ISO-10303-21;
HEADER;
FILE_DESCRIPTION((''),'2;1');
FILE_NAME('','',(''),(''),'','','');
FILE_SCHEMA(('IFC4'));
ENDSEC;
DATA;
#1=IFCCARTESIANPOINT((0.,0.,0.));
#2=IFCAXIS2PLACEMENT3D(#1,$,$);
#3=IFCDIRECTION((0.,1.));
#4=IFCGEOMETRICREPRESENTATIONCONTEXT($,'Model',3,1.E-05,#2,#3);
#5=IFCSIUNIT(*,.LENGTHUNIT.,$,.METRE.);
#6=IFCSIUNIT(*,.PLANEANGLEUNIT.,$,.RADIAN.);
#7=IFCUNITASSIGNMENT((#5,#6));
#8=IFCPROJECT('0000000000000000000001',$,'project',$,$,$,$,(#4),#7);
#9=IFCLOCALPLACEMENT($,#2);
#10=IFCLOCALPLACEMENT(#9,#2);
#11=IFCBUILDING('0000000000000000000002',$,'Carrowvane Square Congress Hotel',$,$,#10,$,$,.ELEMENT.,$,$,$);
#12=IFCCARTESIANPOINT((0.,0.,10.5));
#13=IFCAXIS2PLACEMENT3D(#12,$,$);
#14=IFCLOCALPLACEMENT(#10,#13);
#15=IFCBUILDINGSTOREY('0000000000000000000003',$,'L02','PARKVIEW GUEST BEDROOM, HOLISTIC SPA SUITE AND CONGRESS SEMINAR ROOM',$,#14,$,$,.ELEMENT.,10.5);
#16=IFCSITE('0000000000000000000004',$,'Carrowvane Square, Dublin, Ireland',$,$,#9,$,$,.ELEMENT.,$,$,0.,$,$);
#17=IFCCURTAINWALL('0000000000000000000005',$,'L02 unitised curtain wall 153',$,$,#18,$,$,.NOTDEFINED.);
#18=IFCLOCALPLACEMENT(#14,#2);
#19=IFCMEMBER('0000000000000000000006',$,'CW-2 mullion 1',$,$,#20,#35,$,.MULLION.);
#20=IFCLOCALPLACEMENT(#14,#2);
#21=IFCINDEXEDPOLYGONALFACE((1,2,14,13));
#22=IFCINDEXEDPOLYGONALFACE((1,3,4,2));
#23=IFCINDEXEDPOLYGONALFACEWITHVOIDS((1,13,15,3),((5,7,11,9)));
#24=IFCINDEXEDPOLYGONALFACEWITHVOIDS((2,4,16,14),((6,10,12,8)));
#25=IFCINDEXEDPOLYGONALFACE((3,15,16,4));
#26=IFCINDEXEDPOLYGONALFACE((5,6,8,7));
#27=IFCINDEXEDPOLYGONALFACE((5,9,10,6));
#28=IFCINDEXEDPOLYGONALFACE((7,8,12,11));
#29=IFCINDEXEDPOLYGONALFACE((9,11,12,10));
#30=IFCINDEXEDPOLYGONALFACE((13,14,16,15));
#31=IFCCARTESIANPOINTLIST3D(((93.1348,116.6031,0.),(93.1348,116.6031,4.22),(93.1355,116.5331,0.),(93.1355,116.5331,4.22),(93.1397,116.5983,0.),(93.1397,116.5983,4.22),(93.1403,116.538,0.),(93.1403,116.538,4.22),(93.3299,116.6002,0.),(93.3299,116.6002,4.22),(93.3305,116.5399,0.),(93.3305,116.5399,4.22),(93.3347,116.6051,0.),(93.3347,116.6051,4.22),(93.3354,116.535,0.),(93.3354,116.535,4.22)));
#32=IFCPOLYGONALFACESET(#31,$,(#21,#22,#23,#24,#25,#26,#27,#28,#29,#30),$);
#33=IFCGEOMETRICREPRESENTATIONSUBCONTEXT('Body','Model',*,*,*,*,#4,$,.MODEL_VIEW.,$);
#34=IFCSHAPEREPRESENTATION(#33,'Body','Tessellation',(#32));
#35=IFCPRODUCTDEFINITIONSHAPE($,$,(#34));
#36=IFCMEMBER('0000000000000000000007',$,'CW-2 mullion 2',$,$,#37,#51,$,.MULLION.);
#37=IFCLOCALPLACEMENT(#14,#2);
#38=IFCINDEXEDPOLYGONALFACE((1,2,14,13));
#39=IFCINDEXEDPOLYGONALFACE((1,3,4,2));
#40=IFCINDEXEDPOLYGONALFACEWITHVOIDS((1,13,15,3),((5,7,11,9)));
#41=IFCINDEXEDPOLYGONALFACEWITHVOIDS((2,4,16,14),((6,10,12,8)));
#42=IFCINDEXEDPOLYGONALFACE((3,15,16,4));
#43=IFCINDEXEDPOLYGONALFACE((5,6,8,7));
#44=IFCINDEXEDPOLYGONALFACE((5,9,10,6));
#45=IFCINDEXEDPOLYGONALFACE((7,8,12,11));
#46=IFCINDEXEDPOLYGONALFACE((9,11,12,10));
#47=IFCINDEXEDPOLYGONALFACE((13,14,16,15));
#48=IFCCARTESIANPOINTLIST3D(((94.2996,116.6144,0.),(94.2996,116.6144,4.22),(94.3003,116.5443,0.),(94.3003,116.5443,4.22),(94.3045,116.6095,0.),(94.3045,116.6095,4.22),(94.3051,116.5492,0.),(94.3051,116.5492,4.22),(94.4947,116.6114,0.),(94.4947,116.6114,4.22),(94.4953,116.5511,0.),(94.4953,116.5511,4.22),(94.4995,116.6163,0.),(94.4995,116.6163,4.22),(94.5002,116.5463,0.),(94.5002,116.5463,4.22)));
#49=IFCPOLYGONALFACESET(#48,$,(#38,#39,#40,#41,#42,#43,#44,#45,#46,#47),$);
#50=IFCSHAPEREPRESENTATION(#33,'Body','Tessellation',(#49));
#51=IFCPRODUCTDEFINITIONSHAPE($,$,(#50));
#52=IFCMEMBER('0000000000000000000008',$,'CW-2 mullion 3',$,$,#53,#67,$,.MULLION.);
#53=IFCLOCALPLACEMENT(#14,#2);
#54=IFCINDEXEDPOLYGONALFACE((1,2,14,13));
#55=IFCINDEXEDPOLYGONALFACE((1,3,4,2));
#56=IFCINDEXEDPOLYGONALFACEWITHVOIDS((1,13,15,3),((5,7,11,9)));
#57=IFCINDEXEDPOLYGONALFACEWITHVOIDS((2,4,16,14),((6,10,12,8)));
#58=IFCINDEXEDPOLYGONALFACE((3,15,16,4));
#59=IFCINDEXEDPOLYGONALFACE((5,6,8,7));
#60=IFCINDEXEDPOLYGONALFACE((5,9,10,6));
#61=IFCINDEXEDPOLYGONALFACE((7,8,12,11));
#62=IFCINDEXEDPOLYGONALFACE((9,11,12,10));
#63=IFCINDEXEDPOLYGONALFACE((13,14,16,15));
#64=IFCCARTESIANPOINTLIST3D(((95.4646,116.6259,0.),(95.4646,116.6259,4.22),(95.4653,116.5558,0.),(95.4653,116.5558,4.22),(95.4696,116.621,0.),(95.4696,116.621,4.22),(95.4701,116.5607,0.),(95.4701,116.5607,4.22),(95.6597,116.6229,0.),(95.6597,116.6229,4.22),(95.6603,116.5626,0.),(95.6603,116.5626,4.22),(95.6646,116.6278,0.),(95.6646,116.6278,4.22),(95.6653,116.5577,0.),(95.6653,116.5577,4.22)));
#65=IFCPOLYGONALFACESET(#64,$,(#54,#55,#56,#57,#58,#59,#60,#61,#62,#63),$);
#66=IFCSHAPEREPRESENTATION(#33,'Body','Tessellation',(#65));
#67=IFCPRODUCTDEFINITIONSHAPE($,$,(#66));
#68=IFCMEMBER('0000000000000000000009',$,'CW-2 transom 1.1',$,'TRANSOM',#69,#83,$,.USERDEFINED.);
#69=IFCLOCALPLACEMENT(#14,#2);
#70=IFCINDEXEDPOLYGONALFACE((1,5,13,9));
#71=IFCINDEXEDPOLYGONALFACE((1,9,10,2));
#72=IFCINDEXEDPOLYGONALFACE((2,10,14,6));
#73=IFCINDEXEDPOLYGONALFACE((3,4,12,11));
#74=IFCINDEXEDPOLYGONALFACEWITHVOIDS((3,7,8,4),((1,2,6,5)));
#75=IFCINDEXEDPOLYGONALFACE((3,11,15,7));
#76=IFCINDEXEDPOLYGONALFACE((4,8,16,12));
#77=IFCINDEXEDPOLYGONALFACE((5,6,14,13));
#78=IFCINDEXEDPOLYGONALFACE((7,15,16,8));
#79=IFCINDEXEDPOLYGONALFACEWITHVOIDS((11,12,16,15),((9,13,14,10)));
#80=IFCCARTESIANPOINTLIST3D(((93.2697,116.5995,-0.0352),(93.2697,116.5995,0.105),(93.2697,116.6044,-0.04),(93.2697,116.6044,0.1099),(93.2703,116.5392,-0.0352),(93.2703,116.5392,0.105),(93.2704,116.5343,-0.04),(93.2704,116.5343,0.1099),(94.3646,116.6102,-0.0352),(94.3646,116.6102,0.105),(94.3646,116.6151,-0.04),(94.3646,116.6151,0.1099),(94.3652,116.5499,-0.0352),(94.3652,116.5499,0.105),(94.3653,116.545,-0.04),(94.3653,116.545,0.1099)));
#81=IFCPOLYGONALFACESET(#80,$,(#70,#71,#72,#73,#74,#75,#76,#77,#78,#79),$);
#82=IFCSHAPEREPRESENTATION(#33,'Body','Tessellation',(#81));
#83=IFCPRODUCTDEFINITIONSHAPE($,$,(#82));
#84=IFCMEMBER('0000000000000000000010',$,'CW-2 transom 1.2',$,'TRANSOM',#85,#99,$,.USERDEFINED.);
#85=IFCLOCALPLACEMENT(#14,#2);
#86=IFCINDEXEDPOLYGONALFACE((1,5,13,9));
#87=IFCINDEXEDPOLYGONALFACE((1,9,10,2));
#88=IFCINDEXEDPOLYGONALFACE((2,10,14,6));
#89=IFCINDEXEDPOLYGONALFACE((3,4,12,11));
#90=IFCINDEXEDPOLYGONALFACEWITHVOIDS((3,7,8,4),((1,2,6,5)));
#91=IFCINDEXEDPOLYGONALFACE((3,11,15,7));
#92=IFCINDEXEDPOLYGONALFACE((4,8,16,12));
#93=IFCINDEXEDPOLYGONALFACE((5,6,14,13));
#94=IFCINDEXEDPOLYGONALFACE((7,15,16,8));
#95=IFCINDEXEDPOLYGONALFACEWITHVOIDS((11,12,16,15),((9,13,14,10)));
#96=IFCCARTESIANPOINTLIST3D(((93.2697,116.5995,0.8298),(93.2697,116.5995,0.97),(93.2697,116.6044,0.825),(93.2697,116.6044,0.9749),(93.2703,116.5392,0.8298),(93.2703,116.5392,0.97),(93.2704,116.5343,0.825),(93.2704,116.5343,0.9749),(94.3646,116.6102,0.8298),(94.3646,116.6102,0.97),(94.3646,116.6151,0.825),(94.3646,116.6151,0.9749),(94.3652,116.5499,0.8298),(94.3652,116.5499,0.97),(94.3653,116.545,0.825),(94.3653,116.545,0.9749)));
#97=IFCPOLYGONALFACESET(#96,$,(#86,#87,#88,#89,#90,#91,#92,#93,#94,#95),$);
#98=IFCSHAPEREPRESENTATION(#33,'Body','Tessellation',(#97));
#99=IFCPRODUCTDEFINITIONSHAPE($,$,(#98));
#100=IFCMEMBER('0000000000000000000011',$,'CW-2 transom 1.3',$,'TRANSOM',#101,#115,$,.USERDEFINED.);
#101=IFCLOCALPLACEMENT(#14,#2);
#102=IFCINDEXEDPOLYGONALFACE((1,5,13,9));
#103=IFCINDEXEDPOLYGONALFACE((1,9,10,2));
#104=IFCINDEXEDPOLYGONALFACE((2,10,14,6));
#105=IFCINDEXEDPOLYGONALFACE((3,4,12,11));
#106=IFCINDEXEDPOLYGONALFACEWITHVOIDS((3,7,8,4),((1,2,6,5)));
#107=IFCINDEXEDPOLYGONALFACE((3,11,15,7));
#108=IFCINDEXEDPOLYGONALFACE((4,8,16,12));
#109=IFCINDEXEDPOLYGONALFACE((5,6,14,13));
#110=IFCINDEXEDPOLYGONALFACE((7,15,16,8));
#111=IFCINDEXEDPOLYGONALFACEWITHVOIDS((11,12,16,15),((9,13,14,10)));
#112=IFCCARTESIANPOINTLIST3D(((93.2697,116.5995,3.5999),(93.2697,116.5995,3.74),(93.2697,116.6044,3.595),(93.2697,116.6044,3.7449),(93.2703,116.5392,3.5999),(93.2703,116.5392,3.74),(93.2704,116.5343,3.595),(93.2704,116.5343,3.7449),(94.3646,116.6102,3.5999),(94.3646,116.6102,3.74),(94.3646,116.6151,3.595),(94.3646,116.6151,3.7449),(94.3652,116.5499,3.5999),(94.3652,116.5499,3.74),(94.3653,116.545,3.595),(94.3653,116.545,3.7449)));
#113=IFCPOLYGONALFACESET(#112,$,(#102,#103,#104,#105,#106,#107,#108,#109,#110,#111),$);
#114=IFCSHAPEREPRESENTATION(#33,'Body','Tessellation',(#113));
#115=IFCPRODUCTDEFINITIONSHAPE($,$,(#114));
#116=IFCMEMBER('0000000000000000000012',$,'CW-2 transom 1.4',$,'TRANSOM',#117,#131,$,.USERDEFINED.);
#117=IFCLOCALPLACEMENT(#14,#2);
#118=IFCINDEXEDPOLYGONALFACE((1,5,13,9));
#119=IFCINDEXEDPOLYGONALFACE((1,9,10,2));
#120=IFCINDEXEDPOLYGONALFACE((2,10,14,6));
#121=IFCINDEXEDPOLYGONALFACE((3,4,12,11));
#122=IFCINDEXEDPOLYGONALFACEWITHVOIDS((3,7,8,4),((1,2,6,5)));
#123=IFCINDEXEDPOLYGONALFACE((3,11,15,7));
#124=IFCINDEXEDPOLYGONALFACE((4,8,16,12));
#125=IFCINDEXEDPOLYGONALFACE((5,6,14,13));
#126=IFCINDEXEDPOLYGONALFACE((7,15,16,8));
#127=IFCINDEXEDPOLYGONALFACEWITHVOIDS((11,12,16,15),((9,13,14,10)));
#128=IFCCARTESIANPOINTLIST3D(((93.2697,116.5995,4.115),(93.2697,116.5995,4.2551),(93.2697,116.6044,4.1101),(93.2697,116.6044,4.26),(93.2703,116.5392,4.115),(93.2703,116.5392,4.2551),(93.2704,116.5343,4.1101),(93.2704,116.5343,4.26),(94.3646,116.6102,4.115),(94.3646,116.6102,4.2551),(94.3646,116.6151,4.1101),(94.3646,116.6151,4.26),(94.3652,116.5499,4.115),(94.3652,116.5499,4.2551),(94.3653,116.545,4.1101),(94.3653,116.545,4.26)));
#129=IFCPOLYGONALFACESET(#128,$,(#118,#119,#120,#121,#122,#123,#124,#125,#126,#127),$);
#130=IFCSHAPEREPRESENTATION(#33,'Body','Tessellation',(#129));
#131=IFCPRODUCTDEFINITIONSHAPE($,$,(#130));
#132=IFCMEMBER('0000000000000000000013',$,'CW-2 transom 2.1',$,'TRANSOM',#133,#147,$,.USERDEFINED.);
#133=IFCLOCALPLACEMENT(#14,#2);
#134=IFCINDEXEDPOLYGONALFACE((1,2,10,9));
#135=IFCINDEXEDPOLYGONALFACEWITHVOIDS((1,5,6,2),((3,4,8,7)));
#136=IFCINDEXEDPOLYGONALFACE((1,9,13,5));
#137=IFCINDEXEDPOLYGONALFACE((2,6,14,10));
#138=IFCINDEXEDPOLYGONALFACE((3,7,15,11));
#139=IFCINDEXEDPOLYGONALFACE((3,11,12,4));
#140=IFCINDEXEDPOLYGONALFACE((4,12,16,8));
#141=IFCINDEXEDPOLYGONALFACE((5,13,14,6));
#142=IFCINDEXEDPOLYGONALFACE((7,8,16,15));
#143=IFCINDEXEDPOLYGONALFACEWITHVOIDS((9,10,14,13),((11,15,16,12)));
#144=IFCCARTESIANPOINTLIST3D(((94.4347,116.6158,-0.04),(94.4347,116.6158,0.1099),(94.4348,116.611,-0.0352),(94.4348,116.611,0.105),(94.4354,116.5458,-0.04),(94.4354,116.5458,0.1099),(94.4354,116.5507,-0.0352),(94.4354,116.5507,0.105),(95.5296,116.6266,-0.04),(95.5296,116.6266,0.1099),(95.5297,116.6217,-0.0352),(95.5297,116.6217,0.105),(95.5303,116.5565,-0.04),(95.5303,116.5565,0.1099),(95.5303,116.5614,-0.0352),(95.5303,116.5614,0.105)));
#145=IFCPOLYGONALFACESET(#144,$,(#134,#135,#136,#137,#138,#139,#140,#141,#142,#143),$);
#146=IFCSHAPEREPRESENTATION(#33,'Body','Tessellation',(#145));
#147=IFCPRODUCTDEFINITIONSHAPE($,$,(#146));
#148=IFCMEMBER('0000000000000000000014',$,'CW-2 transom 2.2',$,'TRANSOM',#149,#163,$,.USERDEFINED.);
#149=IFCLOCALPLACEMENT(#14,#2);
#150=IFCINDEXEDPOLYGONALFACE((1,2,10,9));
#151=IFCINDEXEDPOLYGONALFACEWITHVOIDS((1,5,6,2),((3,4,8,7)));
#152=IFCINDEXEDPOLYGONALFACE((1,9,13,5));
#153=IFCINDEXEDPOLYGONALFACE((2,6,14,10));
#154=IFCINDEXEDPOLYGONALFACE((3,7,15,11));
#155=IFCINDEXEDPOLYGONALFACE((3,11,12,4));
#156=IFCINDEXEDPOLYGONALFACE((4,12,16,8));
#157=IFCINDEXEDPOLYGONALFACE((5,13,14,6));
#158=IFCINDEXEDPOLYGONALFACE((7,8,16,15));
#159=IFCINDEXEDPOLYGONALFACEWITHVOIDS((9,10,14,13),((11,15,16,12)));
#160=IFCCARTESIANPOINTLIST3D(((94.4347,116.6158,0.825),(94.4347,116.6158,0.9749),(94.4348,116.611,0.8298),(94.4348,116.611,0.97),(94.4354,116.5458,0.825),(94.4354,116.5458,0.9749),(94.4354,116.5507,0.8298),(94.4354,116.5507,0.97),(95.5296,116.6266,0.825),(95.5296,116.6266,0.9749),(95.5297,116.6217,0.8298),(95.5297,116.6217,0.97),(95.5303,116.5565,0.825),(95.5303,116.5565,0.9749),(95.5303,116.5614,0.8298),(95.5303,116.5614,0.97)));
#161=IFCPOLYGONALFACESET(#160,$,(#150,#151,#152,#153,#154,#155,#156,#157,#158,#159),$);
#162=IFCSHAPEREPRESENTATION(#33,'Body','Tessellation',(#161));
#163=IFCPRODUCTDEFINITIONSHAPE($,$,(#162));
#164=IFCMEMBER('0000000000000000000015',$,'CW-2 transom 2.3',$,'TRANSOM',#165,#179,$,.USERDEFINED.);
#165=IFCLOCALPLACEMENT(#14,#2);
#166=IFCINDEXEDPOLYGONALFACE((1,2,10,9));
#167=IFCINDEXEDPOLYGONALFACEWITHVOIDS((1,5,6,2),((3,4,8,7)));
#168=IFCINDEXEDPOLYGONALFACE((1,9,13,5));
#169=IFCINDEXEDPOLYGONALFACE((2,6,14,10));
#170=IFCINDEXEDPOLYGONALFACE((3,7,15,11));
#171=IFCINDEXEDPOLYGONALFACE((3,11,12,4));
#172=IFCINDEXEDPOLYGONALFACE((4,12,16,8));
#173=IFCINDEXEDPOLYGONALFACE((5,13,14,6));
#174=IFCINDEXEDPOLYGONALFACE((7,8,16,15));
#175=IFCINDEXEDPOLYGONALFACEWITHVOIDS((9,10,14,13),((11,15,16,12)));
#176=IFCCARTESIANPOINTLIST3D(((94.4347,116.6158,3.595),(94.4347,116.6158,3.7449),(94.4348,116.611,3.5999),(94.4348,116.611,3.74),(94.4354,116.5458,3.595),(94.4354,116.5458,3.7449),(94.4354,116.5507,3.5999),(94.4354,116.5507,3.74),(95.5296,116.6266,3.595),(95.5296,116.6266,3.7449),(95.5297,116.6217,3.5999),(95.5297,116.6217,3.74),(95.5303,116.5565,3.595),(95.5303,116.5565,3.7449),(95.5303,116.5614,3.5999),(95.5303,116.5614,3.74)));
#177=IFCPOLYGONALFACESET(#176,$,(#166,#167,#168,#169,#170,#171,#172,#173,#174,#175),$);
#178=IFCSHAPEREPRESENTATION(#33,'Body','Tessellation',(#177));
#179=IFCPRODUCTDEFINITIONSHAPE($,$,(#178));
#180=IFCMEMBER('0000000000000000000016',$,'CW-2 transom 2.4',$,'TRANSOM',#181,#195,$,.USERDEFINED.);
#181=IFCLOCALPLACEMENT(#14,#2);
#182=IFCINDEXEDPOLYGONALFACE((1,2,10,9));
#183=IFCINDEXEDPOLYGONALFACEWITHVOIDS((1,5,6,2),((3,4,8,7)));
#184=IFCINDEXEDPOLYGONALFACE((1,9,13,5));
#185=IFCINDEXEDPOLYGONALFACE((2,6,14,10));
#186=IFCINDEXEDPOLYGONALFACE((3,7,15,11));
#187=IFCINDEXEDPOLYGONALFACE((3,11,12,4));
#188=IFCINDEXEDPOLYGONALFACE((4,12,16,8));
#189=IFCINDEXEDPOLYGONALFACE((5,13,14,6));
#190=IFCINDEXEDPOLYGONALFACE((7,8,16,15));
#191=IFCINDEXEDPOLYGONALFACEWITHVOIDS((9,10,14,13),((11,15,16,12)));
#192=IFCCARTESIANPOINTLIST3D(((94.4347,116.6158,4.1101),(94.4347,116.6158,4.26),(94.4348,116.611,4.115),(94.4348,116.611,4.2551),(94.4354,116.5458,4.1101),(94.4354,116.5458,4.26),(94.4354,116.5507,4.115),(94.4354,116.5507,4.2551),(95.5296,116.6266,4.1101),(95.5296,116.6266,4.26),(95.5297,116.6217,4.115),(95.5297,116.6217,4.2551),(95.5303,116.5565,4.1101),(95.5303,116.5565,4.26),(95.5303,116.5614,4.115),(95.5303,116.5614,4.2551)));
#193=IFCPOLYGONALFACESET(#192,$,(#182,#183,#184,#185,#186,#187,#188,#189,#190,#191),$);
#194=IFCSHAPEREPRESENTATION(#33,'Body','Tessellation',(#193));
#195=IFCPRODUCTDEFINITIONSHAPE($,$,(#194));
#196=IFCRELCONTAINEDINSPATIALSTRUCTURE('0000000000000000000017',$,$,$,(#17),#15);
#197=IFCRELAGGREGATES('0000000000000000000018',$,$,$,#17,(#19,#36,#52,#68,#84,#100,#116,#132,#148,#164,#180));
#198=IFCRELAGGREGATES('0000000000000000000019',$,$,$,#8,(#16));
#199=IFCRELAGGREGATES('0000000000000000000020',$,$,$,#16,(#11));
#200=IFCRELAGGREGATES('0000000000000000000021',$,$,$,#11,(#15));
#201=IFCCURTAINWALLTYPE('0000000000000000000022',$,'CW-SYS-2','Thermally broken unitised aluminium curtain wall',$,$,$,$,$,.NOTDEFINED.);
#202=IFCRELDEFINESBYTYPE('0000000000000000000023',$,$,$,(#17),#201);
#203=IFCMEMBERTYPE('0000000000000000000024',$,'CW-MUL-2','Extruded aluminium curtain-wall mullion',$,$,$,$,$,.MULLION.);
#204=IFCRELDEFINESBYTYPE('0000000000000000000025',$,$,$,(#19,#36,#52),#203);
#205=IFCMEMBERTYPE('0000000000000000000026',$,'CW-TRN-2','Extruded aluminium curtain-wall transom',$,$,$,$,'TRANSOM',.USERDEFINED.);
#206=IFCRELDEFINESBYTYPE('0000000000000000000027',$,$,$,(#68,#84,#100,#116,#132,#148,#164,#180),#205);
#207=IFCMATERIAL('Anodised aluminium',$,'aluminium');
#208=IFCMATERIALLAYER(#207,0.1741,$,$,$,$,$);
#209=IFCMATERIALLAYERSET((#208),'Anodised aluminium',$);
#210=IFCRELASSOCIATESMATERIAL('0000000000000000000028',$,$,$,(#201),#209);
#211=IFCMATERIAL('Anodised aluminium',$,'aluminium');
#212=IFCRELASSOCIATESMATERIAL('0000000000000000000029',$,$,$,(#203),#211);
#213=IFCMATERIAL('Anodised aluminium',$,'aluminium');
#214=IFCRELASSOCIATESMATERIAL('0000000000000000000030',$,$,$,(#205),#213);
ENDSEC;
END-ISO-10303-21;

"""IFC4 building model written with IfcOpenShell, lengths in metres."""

from ifc_helpers import new_model, si_unit, direction, frame, origin, origin_2d, place, context, subcontext, project, spatial, hollow_rectangle, extrude, material, layer, layer_set, material_profile, profile_set, type_object, element, aggregate, save


model = new_model("IFC4")

# Units and contexts
model_context = context("Model", 3, precision=1e-05, world=origin(), true_north=direction((0.0, 1.0)))
body_context = subcontext(model_context, "Body", "Model", "MODEL_VIEW")
ifc_project = project(units=[si_unit("LENGTHUNIT", "METRE"), si_unit("PLANEANGLEUNIT", "RADIAN")], contexts=[model_context])

# Site, building, storey
site_placement = place(None, origin())
site = spatial("IfcSite", under=ifc_project, at=site_placement, Name="Carrowvane Square, Dublin, Ireland", CompositionType="ELEMENT", RefElevation=0.0)
building_placement = place(site_placement, origin())
building = spatial("IfcBuilding", under=site, at=building_placement, Name="Carrowvane Square Congress Hotel", CompositionType="ELEMENT")
storey_placement = place(building_placement, frame((0.0, 0.0, 10.5)))
storey = spatial("IfcBuildingStorey", under=building, at=storey_placement, Name="L02", Description="PARKVIEW GUEST BEDROOM, HOLISTIC SPA SUITE AND CONGRESS SEMINAR ROOM", CompositionType="ELEMENT", Elevation=10.5)

# Curtain wall, members
ifc_material_1 = material(Name="Anodised aluminium", Category="aluminium")
ifc_layer_1 = layer(ifc_material_1, 0.1741)
ifc_layer_set_1 = layer_set([ifc_layer_1], Name="Anodised aluminium")
curtain_wall_type = type_object("IfcCurtainWallType", Name="CW-SYS-2", Description="Thermally broken unitised aluminium curtain wall", PredefinedType="NOTDEFINED", material=ifc_layer_set_1)
curtain_wall_placement = place(storey_placement, origin())
curtain_wall = element("IfcCurtainWall", 1, at=curtain_wall_placement, inside=storey, type_object=curtain_wall_type, Name="L02 unitised curtain wall 153", PredefinedType="NOTDEFINED")
ifc_material_2 = material(Name="Anodised aluminium", Category="aluminium")
ifc_material_profile_1 = material_profile(ifc_material_2, hollow_rectangle(XDim=0.0701, YDim=0.2, WallThickness=0.0049, at=origin_2d()), Name="CW-ML 70x200x5")
ifc_profile_set_1 = profile_set([ifc_material_profile_1], Name="Anodised aluminium")
member_type_1 = type_object("IfcMemberType", Name="CW-MUL-2", Description="Extruded aluminium curtain-wall mullion", PredefinedType="MULLION", material=ifc_profile_set_1)
member_1_placement = place(storey_placement, frame((93.2351, 116.5691, 0.0), z_axis=(0.0, 0.0, 1.0), x_axis=(-0.009783, 0.999952, 0.0)))
member_1 = element("IfcMember", 2, at=member_1_placement, type_object=member_type_1, Name="CW-2 mullion 1", PredefinedType="MULLION", context=body_context, shape_type="SweptSolid", body=[
    extrude(hollow_rectangle(XDim=0.0701, YDim=0.2, WallThickness=0.0049, at=origin_2d()), origin(), (0.0, 0.0, 1.0), 4.22),
])
member_2_placement = place(storey_placement, frame((94.3999, 116.5803, 0.0), z_axis=(0.0, 0.0, 1.0), x_axis=(-0.009783, 0.999952, 0.0)))
member_2 = element("IfcMember", 3, at=member_2_placement, type_object=member_type_1, Name="CW-2 mullion 2", PredefinedType="MULLION", context=body_context, shape_type="SweptSolid", body=[
    extrude(hollow_rectangle(XDim=0.0701, YDim=0.2, WallThickness=0.0049, at=origin_2d()), origin(), (0.0, 0.0, 1.0), 4.22),
])
member_3_placement = place(storey_placement, frame((95.5649, 116.5918, 0.0), z_axis=(0.0, 0.0, 1.0), x_axis=(-0.009783, 0.999952, 0.0)))
member_3 = element("IfcMember", 4, at=member_3_placement, type_object=member_type_1, Name="CW-2 mullion 3", PredefinedType="MULLION", context=body_context, shape_type="SweptSolid", body=[
    extrude(hollow_rectangle(XDim=0.0701, YDim=0.2, WallThickness=0.0049, at=origin_2d()), origin(), (0.0, 0.0, 1.0), 4.22),
])
ifc_material_3 = material(Name="Anodised aluminium", Category="aluminium")
ifc_material_profile_2 = material_profile(ifc_material_3, hollow_rectangle(XDim=0.0701, YDim=0.1499, WallThickness=0.0049, at=origin_2d()), Name="CW-TR 70x150x5")
ifc_profile_set_2 = profile_set([ifc_material_profile_2], Name="Anodised aluminium")
member_type_2 = type_object("IfcMemberType", Name="CW-TRN-2", Description="Extruded aluminium curtain-wall transom", ElementType="TRANSOM", PredefinedType="USERDEFINED", material=ifc_profile_set_2)
member_4_placement = place(storey_placement, frame((93.27, 116.5693, 0.0349), z_axis=(0.999952, 0.00981, 0.0), x_axis=(-0.00981, 0.999952, 0.0)))
member_4 = element("IfcMember", 5, at=member_4_placement, type_object=member_type_2, Name="CW-2 transom 1.1", ObjectType="TRANSOM", PredefinedType="USERDEFINED", context=body_context, shape_type="SweptSolid", body=[
    extrude(hollow_rectangle(XDim=0.0701, YDim=0.1499, WallThickness=0.0049, at=origin_2d()), origin(), (0.0, 0.0, 1.0), 1.095),
])
member_5_placement = place(storey_placement, frame((93.27, 116.5693, 0.8999), z_axis=(0.999952, 0.00981, 0.0), x_axis=(-0.00981, 0.999952, 0.0)))
member_5 = element("IfcMember", 6, at=member_5_placement, type_object=member_type_2, Name="CW-2 transom 1.2", ObjectType="TRANSOM", PredefinedType="USERDEFINED", context=body_context, shape_type="SweptSolid", body=[
    extrude(hollow_rectangle(XDim=0.0701, YDim=0.1499, WallThickness=0.0049, at=origin_2d()), origin(), (0.0, 0.0, 1.0), 1.095),
])
member_6_placement = place(storey_placement, frame((93.27, 116.5693, 3.6699), z_axis=(0.999952, 0.00981, 0.0), x_axis=(-0.00981, 0.999952, 0.0)))
member_6 = element("IfcMember", 7, at=member_6_placement, type_object=member_type_2, Name="CW-2 transom 1.3", ObjectType="TRANSOM", PredefinedType="USERDEFINED", context=body_context, shape_type="SweptSolid", body=[
    extrude(hollow_rectangle(XDim=0.0701, YDim=0.1499, WallThickness=0.0049, at=origin_2d()), origin(), (0.0, 0.0, 1.0), 1.095),
])
member_7_placement = place(storey_placement, frame((93.27, 116.5693, 4.1851), z_axis=(0.999952, 0.00981, 0.0), x_axis=(-0.00981, 0.999952, 0.0)))
member_7 = element("IfcMember", 8, at=member_7_placement, type_object=member_type_2, Name="CW-2 transom 1.4", ObjectType="TRANSOM", PredefinedType="USERDEFINED", context=body_context, shape_type="SweptSolid", body=[
    extrude(hollow_rectangle(XDim=0.0701, YDim=0.1499, WallThickness=0.0049, at=origin_2d()), origin(), (0.0, 0.0, 1.0), 1.095),
])
member_8_placement = place(storey_placement, frame((94.4351, 116.5808, 0.0349), z_axis=(0.999952, 0.00981, 0.0), x_axis=(-0.00981, 0.999952, 0.0)))
member_8 = element("IfcMember", 9, at=member_8_placement, type_object=member_type_2, Name="CW-2 transom 2.1", ObjectType="TRANSOM", PredefinedType="USERDEFINED", context=body_context, shape_type="SweptSolid", body=[
    extrude(hollow_rectangle(XDim=0.0701, YDim=0.1499, WallThickness=0.0049, at=origin_2d()), origin(), (0.0, 0.0, 1.0), 1.095),
])
member_9_placement = place(storey_placement, frame((94.4351, 116.5808, 0.8999), z_axis=(0.999952, 0.00981, 0.0), x_axis=(-0.00981, 0.999952, 0.0)))
member_9 = element("IfcMember", 10, at=member_9_placement, type_object=member_type_2, Name="CW-2 transom 2.2", ObjectType="TRANSOM", PredefinedType="USERDEFINED", context=body_context, shape_type="SweptSolid", body=[
    extrude(hollow_rectangle(XDim=0.0701, YDim=0.1499, WallThickness=0.0049, at=origin_2d()), origin(), (0.0, 0.0, 1.0), 1.095),
])
member_10_placement = place(storey_placement, frame((94.4351, 116.5808, 3.6699), z_axis=(0.999952, 0.00981, 0.0), x_axis=(-0.00981, 0.999952, 0.0)))
member_10 = element("IfcMember", 11, at=member_10_placement, type_object=member_type_2, Name="CW-2 transom 2.3", ObjectType="TRANSOM", PredefinedType="USERDEFINED", context=body_context, shape_type="SweptSolid", body=[
    extrude(hollow_rectangle(XDim=0.0701, YDim=0.1499, WallThickness=0.0049, at=origin_2d()), origin(), (0.0, 0.0, 1.0), 1.095),
])
member_11_placement = place(storey_placement, frame((94.4351, 116.5808, 4.1851), z_axis=(0.999952, 0.00981, 0.0), x_axis=(-0.00981, 0.999952, 0.0)))
member_11 = element("IfcMember", 12, at=member_11_placement, type_object=member_type_2, Name="CW-2 transom 2.4", ObjectType="TRANSOM", PredefinedType="USERDEFINED", context=body_context, shape_type="SweptSolid", body=[
    extrude(hollow_rectangle(XDim=0.0701, YDim=0.1499, WallThickness=0.0049, at=origin_2d()), origin(), (0.0, 0.0, 1.0), 1.095),
])
aggregate(curtain_wall, [member_1, member_2, member_3, member_4, member_5, member_6, member_7, member_8, member_9, member_10, member_11])

save(model, "model.ifc")
